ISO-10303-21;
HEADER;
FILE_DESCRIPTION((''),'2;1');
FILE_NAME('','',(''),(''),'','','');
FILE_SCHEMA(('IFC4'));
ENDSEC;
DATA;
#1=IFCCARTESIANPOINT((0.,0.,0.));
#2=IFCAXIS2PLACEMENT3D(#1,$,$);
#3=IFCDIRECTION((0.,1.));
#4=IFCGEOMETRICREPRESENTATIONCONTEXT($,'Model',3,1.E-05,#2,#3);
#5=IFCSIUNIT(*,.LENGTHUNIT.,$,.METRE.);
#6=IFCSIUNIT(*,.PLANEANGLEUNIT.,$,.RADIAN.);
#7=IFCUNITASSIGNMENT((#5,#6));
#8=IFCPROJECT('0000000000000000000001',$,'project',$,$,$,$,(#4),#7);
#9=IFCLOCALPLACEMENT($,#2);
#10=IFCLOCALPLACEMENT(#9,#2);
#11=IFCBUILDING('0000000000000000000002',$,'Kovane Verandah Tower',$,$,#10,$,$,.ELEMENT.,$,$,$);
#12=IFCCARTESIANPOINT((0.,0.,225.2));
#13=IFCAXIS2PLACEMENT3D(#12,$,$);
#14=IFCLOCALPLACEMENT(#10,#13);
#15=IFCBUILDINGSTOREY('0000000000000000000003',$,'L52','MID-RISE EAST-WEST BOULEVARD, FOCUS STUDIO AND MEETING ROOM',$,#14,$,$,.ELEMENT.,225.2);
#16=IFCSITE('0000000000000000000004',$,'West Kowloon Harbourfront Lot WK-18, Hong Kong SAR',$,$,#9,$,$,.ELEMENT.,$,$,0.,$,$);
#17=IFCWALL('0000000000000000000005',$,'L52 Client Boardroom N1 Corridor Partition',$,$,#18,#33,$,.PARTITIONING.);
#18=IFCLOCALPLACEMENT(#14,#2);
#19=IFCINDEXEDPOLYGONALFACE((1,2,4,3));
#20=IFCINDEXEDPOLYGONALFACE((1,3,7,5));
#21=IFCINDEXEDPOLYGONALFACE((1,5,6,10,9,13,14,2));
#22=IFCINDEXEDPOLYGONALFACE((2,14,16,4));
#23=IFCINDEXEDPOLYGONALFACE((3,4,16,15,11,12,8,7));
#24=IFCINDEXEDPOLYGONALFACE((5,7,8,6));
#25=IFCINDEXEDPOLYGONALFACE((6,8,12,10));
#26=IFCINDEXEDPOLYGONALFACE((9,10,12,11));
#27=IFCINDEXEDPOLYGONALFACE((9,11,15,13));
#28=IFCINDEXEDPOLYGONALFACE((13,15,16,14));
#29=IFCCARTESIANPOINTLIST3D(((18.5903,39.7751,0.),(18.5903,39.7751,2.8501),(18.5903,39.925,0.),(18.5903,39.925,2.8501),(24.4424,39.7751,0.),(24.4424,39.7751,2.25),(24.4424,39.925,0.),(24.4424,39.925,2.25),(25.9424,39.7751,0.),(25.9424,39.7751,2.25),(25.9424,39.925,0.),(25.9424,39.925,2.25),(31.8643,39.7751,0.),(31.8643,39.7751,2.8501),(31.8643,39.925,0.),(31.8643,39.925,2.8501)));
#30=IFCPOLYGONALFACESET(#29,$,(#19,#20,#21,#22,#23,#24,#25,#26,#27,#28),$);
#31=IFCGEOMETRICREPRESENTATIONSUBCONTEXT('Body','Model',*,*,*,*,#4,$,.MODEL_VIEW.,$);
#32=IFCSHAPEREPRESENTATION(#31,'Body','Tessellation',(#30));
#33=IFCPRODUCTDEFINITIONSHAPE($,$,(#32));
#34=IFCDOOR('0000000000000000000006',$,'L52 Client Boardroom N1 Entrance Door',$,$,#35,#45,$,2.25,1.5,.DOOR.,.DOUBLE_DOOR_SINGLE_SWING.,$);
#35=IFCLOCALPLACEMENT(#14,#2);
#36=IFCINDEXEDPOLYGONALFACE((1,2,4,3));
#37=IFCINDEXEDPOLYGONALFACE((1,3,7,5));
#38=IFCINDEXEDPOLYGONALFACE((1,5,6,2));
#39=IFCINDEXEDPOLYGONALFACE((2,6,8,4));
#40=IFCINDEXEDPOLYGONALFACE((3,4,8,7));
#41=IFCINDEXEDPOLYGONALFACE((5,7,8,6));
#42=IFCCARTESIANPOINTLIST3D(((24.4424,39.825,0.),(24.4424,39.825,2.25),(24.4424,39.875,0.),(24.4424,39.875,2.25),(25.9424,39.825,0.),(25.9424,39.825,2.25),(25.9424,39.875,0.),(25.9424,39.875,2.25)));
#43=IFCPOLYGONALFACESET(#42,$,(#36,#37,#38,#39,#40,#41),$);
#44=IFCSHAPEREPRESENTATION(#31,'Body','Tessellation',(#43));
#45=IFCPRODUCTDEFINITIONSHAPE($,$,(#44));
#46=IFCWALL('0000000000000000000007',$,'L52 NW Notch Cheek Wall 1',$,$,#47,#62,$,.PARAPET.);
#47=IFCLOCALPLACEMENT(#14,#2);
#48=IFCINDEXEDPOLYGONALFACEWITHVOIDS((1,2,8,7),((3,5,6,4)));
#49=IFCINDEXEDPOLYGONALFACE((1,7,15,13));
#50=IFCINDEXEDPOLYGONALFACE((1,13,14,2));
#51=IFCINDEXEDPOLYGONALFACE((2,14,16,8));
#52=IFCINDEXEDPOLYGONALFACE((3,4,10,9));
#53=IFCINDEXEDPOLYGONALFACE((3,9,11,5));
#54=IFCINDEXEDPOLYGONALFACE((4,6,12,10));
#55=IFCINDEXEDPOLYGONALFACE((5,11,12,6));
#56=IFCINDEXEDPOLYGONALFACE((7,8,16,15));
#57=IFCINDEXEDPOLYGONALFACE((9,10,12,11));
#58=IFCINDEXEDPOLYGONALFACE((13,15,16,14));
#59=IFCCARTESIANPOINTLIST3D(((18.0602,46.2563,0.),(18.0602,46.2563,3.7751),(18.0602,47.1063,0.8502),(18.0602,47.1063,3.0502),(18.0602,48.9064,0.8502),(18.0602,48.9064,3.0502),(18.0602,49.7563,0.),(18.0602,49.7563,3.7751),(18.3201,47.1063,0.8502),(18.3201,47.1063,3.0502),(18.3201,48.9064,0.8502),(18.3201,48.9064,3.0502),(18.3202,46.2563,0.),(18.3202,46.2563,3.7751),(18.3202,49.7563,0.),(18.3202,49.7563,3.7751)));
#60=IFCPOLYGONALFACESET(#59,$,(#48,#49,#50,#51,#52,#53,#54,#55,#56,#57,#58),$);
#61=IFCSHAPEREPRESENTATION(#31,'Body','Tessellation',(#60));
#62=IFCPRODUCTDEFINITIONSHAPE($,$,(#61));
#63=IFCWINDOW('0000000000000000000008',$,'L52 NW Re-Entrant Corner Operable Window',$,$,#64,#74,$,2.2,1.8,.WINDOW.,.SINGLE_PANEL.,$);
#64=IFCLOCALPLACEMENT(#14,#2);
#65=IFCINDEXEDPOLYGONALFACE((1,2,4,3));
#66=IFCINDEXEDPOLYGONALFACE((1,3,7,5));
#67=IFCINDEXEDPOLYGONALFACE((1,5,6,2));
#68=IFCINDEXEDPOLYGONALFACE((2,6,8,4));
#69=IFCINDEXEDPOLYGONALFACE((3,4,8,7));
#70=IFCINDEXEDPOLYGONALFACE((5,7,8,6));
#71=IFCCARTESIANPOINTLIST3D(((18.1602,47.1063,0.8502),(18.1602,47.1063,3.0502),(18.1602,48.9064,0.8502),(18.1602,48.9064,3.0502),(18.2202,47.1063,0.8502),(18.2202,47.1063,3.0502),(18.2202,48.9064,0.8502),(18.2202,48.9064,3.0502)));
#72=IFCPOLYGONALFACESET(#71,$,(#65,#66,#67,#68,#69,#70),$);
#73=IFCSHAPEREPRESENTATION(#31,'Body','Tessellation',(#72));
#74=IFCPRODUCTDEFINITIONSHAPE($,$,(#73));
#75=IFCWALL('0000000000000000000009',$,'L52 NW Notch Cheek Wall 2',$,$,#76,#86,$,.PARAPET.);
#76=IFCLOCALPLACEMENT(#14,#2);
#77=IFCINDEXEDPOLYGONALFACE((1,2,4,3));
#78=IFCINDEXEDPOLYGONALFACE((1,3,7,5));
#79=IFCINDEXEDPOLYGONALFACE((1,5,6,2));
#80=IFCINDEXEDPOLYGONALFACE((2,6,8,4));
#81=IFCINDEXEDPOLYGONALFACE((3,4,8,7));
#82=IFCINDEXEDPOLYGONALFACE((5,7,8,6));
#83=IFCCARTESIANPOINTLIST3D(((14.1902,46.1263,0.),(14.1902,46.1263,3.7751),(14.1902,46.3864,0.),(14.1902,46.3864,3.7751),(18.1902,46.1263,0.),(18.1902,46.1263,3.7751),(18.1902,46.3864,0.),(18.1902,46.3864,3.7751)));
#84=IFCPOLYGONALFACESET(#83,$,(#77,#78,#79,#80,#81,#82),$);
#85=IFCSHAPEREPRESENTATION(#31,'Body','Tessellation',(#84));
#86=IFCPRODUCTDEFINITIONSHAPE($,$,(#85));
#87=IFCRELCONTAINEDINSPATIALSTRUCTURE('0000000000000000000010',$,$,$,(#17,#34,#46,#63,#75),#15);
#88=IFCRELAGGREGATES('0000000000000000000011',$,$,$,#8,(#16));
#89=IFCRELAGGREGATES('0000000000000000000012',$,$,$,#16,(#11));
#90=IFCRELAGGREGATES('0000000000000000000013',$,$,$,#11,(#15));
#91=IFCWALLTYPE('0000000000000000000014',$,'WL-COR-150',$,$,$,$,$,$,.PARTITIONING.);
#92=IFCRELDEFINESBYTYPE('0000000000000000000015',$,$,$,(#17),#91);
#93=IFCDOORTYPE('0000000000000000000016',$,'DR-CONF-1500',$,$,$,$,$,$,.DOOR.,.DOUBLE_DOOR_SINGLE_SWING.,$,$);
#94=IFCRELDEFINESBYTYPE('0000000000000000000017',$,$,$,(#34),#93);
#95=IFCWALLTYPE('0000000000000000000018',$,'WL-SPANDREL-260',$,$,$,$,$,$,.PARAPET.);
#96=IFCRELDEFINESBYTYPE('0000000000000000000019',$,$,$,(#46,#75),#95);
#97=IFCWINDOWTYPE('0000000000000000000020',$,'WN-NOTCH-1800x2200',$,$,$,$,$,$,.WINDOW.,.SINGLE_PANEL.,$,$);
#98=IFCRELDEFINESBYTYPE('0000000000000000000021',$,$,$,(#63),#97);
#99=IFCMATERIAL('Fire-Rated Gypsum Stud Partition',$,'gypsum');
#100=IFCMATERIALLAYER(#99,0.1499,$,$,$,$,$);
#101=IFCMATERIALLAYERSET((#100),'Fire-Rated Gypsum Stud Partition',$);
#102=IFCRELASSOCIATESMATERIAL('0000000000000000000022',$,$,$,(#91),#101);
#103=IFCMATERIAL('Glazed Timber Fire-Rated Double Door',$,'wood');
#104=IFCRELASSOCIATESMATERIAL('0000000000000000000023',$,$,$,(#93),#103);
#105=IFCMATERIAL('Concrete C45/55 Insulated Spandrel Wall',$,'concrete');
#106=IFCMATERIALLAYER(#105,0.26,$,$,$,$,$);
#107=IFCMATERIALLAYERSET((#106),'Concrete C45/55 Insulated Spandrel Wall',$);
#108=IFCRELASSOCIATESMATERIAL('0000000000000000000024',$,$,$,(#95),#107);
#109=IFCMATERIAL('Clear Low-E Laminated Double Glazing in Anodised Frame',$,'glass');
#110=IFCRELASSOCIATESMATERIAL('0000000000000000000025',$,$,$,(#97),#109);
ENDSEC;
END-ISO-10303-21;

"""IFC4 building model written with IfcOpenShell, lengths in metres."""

from ifc_helpers import new_model, si_unit, direction, frame, frame_2d, origin, place, context, subcontext, project, spatial, rectangle, extrude, material, layer, layer_set, type_object, element, fill, save


model = new_model("IFC4")

# Units and contexts
model_context = context("Model", 3, precision=1e-05, world=origin(), true_north=direction((0.0, 1.0)))
body_context = subcontext(model_context, "Body", "Model", "MODEL_VIEW")
ifc_project = project(units=[si_unit("LENGTHUNIT", "METRE"), si_unit("PLANEANGLEUNIT", "RADIAN")], contexts=[model_context])

# Site, building, storey
site_placement = place(None, origin())
site = spatial("IfcSite", under=ifc_project, at=site_placement, Name="West Kowloon Harbourfront Lot WK-18, Hong Kong SAR", CompositionType="ELEMENT", RefElevation=0.0)
building_placement = place(site_placement, origin())
building = spatial("IfcBuilding", under=site, at=building_placement, Name="Kovane Verandah Tower", CompositionType="ELEMENT")
storey_placement = place(building_placement, frame((0.0, 0.0, 225.2)))
storey = spatial("IfcBuildingStorey", under=building, at=storey_placement, Name="L52", Description="MID-RISE EAST-WEST BOULEVARD, FOCUS STUDIO AND MEETING ROOM", CompositionType="ELEMENT", Elevation=225.2)

# Wall, opening, door
ifc_material_1 = material(Name="Fire-Rated Gypsum Stud Partition", Category="gypsum")
ifc_layer_1 = layer(ifc_material_1, 0.1499)
ifc_layer_set_1 = layer_set([ifc_layer_1], Name="Fire-Rated Gypsum Stud Partition")
wall_type_1 = type_object("IfcWallType", Name="WL-COR-150", PredefinedType="PARTITIONING", material=ifc_layer_set_1)
wall_1_placement = place(storey_placement, frame((18.5903, 39.8501, 0.0), z_axis=(0.0, 0.0, 1.0), x_axis=(1.0, 0.0, 0.0)))
wall_1 = element("IfcWall", 1, at=wall_1_placement, inside=storey, type_object=wall_type_1, Name="L52 Client Boardroom N1 Corridor Partition", PredefinedType="PARTITIONING", context=body_context, shape_type="SweptSolid", body=[
    extrude(rectangle(XDim=13.2739, YDim=0.1499, at=frame_2d((6.637, 0.0))), origin(), (0.0, 0.0, 1.0), 2.8501),
])
opening_1_placement = place(wall_1_placement, frame((5.8521, 0.0, 0.0)))
opening_1 = element("IfcOpeningElement", 2, at=opening_1_placement, cuts=wall_1, PredefinedType="OPENING", context=body_context, shape_type="SweptSolid", body=[
    extrude(rectangle(XDim=1.5, YDim=2.25, at=frame_2d((0.75, 1.125))), frame((0.0, 0.075, 0.0), z_axis=(0.0, -1.0, 0.0), x_axis=(1.0, 0.0, 0.0)), (0.0, 0.0, 1.0), 0.1499),
])
ifc_material_2 = material(Name="Glazed Timber Fire-Rated Double Door", Category="wood")
door_type_1 = type_object("IfcDoorType", Name="DR-CONF-1500", OperationType="DOUBLE_DOOR_SINGLE_SWING", PredefinedType="DOOR", material=ifc_material_2)
door_1_placement = place(opening_1_placement, origin())
door_1 = element("IfcDoor", 3, at=door_1_placement, inside=storey, type_object=door_type_1, Name="L52 Client Boardroom N1 Entrance Door", OperationType="DOUBLE_DOOR_SINGLE_SWING", OverallHeight=2.25, OverallWidth=1.5, PredefinedType="DOOR", context=body_context, shape_type="SweptSolid", body=[
    extrude(rectangle(XDim=1.5, YDim=2.25, at=frame_2d((0.75, 1.125))), frame((0.0, 0.0249, 0.0), z_axis=(0.0, -1.0, 0.0), x_axis=(1.0, 0.0, 0.0)), (0.0, 0.0, 1.0), 0.05),
])
fill(opening_1, door_1)

# Shared definitions
ifc_material_3 = material(Name="Concrete C45/55 Insulated Spandrel Wall", Category="concrete")
ifc_layer_2 = layer(ifc_material_3, 0.26)
ifc_layer_set_2 = layer_set([ifc_layer_2], Name="Concrete C45/55 Insulated Spandrel Wall")
wall_type_2 = type_object("IfcWallType", Name="WL-SPANDREL-260", PredefinedType="PARAPET", material=ifc_layer_set_2)
ifc_material_4 = material(Name="Clear Low-E Laminated Double Glazing in Anodised Frame", Category="glass")

# Wall, opening, window
wall_2_placement = place(storey_placement, frame((18.1902, 49.7563, 0.0), z_axis=(0.0, 0.0, 1.0), x_axis=(0.0, -1.0, 0.0)))
wall_2 = element("IfcWall", 4, at=wall_2_placement, inside=storey, type_object=wall_type_2, Name="L52 NW Notch Cheek Wall 1", PredefinedType="PARAPET", context=body_context, shape_type="SweptSolid", body=[
    extrude(rectangle(XDim=3.5, YDim=0.26, at=frame_2d((1.75, 0.0))), origin(), (0.0, 0.0, 1.0), 3.7751),
])
opening_2_placement = place(wall_2_placement, frame((0.8501, 0.0, 0.8501)))
opening_2 = element("IfcOpeningElement", 5, at=opening_2_placement, cuts=wall_2, PredefinedType="OPENING", context=body_context, shape_type="SweptSolid", body=[
    extrude(rectangle(XDim=1.8, YDim=2.2, at=frame_2d((0.8999, 1.1001))), frame((0.0, 0.1299, 0.0), z_axis=(0.0, -1.0, 0.0), x_axis=(1.0, 0.0, 0.0)), (0.0, 0.0, 1.0), 0.26),
])
window_type_1 = type_object("IfcWindowType", Name="WN-NOTCH-1800x2200", PartitioningType="SINGLE_PANEL", PredefinedType="WINDOW", material=ifc_material_4)
window_1_placement = place(opening_2_placement, origin())
window_1 = element("IfcWindow", 6, at=window_1_placement, inside=storey, type_object=window_type_1, Name="L52 NW Re-Entrant Corner Operable Window", OverallHeight=2.2, OverallWidth=1.8, PartitioningType="SINGLE_PANEL", PredefinedType="WINDOW", context=body_context, shape_type="SweptSolid", body=[
    extrude(rectangle(XDim=1.8, YDim=2.2, at=frame_2d((0.8999, 1.1001))), frame((0.0, 0.03, 0.0), z_axis=(0.0, -1.0, 0.0), x_axis=(1.0, 0.0, 0.0)), (0.0, 0.0, 1.0), 0.0601),
])
fill(opening_2, window_1)

# Wall
wall_3_placement = place(storey_placement, frame((18.1902, 46.2563, 0.0), z_axis=(0.0, 0.0, 1.0), x_axis=(-1.0, 0.0, 0.0)))
element("IfcWall", 7, at=wall_3_placement, inside=storey, type_object=wall_type_2, Name="L52 NW Notch Cheek Wall 2", PredefinedType="PARAPET", context=body_context, shape_type="SweptSolid", body=[
    extrude(rectangle(XDim=4.0, YDim=0.26, at=frame_2d((2.0, 0.0))), origin(), (0.0, 0.0, 1.0), 3.7751),
])

save(model, "model.ifc")
